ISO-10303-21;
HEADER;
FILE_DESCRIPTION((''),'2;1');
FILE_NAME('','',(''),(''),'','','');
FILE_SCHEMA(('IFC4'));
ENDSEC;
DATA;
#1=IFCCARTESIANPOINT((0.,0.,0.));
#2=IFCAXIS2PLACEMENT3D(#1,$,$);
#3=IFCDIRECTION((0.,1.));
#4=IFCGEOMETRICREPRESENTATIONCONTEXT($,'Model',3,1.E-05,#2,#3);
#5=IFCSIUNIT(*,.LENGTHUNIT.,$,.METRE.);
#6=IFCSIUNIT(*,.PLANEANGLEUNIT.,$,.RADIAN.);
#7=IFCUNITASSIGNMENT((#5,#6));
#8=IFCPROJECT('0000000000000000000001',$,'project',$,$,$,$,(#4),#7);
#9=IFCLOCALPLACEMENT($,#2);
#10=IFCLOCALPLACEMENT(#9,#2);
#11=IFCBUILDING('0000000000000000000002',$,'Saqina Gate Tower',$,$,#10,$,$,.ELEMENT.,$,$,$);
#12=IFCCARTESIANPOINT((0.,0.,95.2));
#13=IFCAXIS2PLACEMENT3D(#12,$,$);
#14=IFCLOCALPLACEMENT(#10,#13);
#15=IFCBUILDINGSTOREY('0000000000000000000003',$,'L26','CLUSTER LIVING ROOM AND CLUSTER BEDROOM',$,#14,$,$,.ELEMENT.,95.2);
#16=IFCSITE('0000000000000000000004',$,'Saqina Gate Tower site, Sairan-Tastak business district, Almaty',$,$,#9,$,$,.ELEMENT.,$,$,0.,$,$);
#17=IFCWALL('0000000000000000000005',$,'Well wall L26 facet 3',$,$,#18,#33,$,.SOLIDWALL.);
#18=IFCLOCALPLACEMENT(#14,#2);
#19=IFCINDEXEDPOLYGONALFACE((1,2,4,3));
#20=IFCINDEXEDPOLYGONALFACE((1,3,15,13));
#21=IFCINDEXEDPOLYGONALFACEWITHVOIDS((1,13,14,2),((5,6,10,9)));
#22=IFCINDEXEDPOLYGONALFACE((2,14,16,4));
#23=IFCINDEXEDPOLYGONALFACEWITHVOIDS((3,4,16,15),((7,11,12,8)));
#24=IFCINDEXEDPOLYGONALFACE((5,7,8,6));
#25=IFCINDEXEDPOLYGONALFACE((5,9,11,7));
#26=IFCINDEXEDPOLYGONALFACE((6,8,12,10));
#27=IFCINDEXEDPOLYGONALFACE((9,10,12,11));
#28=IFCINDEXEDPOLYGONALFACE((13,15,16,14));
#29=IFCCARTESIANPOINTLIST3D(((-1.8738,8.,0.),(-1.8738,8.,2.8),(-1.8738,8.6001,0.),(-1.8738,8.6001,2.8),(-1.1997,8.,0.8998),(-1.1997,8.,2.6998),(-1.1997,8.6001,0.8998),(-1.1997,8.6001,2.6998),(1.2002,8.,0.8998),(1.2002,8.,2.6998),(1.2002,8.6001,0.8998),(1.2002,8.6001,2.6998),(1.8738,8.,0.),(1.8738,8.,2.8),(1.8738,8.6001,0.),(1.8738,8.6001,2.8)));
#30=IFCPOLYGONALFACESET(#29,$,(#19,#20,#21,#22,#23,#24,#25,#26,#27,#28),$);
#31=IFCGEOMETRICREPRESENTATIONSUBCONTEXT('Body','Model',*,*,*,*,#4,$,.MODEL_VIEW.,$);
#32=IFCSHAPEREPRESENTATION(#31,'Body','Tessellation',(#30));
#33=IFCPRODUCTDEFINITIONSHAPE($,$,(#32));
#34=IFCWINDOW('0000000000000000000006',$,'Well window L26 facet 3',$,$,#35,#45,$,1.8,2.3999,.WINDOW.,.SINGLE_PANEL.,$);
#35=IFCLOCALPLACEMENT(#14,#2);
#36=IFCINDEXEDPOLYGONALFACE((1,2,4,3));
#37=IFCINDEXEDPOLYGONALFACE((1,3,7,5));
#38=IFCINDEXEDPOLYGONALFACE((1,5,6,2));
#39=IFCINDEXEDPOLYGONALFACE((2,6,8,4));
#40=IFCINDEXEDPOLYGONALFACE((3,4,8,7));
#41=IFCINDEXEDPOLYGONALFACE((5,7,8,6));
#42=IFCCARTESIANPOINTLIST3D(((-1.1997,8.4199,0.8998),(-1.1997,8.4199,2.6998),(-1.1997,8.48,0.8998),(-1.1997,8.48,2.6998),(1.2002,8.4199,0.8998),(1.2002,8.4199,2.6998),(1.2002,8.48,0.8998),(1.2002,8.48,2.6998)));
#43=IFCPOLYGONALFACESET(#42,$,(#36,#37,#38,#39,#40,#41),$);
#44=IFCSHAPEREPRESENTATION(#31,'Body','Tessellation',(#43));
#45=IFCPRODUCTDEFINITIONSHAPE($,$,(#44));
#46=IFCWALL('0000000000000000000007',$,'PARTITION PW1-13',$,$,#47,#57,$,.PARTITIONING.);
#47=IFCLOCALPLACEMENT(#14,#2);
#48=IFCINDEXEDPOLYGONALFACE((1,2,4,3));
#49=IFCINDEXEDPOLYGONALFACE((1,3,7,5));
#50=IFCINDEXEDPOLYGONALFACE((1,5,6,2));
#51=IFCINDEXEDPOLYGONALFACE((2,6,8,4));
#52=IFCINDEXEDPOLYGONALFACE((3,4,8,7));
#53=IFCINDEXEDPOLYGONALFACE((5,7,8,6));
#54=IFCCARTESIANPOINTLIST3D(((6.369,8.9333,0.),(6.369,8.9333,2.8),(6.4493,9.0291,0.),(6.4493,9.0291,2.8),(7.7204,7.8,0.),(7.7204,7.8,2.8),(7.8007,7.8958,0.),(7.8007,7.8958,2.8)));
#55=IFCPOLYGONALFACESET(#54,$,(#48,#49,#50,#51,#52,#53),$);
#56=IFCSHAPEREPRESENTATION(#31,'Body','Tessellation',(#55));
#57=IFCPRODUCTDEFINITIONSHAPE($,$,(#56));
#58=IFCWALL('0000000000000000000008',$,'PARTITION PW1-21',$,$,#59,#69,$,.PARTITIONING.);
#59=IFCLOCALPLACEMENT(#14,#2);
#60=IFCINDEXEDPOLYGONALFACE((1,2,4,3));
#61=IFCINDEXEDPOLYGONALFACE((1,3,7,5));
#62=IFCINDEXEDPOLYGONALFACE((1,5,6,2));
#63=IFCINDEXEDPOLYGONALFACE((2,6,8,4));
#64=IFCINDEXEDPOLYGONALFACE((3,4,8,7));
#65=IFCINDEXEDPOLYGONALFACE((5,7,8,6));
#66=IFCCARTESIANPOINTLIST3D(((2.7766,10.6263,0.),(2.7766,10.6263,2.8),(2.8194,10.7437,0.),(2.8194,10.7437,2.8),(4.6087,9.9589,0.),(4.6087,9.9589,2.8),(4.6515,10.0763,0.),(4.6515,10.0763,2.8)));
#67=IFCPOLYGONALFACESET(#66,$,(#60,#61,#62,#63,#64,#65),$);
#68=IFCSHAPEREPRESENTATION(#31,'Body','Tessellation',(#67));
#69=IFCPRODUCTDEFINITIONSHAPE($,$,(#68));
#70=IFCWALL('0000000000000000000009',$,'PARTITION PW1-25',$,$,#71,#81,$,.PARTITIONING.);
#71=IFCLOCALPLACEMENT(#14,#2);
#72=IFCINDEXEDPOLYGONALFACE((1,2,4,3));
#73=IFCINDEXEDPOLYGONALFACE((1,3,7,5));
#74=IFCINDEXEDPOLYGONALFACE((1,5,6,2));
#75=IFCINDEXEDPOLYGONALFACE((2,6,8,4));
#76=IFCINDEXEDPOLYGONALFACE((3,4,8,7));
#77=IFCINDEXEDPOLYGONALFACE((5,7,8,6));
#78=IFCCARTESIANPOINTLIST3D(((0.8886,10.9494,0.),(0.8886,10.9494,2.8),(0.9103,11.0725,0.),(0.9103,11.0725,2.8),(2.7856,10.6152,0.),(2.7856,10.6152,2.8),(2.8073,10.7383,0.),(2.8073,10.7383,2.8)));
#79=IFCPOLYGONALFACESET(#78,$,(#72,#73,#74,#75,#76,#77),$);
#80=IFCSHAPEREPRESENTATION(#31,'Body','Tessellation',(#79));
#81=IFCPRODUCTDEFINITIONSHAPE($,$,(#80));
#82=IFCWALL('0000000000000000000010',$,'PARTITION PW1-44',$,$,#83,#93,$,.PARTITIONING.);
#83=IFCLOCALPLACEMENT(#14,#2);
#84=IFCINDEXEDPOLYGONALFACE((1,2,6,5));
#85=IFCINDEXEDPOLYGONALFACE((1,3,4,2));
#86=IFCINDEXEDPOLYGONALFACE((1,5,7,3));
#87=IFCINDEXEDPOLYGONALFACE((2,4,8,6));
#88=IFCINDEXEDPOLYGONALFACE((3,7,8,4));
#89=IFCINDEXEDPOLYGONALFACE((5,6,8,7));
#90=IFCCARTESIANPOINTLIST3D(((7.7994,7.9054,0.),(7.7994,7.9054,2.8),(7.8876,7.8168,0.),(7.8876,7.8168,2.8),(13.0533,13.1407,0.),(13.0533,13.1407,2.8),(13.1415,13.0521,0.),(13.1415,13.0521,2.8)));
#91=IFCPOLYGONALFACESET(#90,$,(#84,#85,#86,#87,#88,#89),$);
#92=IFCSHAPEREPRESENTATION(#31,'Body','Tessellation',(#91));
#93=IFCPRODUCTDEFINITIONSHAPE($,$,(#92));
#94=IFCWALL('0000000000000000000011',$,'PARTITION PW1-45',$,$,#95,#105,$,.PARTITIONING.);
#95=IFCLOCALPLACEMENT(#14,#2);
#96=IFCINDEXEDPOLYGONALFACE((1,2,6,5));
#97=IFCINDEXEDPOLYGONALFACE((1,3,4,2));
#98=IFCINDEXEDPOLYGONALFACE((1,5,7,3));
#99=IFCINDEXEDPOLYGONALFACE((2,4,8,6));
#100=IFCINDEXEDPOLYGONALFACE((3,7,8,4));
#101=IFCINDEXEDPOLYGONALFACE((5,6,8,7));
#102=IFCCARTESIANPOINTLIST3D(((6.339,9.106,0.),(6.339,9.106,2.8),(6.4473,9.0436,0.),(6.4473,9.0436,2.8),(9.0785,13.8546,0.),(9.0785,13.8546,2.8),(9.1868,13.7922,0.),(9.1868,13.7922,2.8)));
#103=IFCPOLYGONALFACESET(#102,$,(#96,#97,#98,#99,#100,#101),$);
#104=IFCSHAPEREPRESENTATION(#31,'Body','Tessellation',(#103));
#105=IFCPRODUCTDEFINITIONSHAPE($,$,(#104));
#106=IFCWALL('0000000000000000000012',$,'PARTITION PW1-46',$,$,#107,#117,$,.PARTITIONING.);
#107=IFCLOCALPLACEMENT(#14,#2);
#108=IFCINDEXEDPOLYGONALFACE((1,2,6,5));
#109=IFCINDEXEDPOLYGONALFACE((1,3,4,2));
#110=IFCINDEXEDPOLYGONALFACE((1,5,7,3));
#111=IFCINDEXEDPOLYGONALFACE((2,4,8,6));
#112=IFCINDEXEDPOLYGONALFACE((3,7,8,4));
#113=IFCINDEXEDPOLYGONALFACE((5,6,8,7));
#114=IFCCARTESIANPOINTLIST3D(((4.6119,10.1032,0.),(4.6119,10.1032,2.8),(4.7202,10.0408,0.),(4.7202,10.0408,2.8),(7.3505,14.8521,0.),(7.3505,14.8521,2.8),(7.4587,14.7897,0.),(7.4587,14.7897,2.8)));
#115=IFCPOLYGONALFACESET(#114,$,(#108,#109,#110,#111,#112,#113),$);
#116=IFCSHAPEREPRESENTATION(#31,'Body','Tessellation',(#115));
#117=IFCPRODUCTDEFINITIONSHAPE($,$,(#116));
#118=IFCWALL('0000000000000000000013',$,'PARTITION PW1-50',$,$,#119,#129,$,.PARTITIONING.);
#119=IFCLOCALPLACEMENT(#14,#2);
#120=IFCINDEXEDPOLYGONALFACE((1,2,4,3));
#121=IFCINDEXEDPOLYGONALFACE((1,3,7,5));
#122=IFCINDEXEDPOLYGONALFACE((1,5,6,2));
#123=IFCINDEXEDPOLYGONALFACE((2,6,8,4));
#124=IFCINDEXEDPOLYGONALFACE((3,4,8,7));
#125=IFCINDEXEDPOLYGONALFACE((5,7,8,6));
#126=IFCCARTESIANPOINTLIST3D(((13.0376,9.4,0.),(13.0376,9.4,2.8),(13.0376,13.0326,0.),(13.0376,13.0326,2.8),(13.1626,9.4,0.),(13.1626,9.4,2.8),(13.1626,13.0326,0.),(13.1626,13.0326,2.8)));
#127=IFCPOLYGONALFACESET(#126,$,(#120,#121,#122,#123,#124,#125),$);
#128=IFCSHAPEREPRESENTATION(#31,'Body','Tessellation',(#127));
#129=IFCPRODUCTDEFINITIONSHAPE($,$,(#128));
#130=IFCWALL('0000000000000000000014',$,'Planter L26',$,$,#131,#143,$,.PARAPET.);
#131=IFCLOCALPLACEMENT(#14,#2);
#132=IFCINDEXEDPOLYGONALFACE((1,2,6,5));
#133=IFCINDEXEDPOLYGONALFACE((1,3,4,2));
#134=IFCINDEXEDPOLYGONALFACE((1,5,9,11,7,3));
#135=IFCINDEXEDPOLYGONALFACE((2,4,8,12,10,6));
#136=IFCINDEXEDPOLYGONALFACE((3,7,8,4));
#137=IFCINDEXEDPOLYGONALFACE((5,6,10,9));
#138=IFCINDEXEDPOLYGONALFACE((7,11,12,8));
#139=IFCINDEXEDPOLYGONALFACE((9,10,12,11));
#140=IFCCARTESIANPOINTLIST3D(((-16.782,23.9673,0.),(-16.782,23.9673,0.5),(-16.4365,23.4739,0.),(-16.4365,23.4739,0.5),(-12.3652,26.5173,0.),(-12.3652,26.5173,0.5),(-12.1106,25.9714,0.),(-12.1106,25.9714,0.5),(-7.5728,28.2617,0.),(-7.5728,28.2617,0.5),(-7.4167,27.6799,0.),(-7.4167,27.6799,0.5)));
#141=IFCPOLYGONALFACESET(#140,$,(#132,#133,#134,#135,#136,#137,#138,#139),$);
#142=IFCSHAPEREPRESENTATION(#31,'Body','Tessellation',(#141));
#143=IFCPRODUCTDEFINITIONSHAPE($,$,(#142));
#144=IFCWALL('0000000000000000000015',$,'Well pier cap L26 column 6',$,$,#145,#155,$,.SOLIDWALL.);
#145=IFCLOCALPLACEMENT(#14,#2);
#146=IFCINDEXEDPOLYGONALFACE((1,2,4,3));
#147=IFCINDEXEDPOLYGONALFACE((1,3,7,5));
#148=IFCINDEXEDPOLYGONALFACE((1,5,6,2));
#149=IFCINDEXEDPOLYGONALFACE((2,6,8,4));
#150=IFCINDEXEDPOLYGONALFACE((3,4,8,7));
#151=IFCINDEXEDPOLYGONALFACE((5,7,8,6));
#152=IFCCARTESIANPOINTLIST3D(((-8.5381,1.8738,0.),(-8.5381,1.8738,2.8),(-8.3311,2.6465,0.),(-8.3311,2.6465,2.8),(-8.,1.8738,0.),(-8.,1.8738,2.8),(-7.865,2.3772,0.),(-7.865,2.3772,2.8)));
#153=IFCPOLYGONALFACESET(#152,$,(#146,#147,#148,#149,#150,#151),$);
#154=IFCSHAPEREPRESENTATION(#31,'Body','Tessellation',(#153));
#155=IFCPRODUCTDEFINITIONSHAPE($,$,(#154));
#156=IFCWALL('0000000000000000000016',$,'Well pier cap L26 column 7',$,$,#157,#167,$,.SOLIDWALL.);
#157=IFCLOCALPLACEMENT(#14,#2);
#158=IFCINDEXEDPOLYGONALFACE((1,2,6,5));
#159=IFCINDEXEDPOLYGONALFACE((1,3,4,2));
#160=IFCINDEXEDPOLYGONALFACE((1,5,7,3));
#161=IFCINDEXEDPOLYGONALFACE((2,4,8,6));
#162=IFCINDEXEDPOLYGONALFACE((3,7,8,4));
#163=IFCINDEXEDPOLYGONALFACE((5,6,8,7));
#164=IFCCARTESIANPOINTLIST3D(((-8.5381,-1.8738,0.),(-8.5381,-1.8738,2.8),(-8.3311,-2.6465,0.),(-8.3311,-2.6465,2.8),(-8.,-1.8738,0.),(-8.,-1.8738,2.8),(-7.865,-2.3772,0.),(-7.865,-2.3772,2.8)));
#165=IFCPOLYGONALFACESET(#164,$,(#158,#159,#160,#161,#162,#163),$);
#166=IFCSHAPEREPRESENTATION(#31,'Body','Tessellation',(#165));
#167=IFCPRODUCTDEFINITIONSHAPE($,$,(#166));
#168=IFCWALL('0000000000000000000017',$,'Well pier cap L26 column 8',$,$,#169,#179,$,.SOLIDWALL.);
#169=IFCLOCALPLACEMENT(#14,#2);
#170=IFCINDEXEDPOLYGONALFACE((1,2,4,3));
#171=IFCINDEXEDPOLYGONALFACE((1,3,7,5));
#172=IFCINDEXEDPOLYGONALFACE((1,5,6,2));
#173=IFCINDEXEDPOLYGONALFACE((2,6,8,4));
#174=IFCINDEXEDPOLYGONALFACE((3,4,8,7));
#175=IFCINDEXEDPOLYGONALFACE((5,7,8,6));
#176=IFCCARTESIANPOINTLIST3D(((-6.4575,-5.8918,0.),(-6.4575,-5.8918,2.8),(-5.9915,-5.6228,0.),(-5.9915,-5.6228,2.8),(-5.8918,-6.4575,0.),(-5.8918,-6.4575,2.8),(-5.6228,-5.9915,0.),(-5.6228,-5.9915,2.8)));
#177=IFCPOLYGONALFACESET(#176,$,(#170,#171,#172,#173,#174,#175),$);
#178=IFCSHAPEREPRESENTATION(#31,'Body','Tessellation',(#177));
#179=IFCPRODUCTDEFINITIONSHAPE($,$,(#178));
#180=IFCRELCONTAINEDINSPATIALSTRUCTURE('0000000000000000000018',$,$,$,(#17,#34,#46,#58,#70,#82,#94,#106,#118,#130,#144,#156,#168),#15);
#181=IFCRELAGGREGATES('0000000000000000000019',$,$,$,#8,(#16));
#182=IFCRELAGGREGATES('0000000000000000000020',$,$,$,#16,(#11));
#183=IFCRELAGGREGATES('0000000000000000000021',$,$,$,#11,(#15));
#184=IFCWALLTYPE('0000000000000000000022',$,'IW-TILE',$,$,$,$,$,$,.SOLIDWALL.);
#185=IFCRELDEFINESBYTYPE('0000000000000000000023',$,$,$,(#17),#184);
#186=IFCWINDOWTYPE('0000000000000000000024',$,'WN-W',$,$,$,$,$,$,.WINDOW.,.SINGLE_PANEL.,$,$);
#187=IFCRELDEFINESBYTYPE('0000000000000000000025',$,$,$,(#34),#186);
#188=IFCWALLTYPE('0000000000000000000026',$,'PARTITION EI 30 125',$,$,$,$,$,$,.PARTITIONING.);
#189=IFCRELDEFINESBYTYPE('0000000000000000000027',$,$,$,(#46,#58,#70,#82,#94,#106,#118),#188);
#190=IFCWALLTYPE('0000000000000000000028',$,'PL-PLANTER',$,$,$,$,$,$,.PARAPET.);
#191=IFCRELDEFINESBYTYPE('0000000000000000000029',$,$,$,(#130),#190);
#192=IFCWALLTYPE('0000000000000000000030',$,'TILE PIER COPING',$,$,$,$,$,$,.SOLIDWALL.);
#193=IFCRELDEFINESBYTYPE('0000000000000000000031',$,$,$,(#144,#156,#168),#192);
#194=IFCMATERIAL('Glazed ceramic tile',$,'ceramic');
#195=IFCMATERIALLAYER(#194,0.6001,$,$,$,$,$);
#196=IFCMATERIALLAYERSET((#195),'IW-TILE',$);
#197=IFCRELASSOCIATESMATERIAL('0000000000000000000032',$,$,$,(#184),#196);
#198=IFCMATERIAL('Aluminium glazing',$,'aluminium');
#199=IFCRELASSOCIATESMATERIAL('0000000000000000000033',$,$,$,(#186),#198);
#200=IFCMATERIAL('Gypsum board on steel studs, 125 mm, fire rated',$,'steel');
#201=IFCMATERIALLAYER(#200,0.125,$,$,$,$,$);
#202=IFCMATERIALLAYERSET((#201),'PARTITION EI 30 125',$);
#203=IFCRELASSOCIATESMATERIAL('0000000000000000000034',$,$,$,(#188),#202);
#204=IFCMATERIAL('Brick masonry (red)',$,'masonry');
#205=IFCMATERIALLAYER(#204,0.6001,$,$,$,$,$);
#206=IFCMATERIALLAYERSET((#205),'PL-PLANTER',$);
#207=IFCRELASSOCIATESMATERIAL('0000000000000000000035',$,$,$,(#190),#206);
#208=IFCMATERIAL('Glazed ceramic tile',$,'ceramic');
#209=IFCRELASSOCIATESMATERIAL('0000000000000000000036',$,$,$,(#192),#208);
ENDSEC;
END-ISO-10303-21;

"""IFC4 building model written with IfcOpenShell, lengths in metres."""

from ifc_helpers import new_model, si_unit, direction, frame, frame_2d, origin, place, context, subcontext, project, spatial, polyline, rectangle, outline, extrude, material, layer, layer_set, type_object, element, fill, save


model = new_model("IFC4")

# Units and contexts
model_context = context("Model", 3, precision=1e-05, world=origin(), true_north=direction((0.0, 1.0)))
body_context = subcontext(model_context, "Body", "Model", "MODEL_VIEW")
ifc_project = project(units=[si_unit("LENGTHUNIT", "METRE"), si_unit("PLANEANGLEUNIT", "RADIAN")], contexts=[model_context])

# Site, building, storey
site_placement = place(None, origin())
site = spatial("IfcSite", under=ifc_project, at=site_placement, Name="Saqina Gate Tower site, Sairan-Tastak business district, Almaty", CompositionType="ELEMENT", RefElevation=0.0)
building_placement = place(site_placement, origin())
building = spatial("IfcBuilding", under=site, at=building_placement, Name="Saqina Gate Tower", CompositionType="ELEMENT")
storey_placement = place(building_placement, frame((0.0, 0.0, 95.2)))
storey = spatial("IfcBuildingStorey", under=building, at=storey_placement, Name="L26", Description="CLUSTER LIVING ROOM AND CLUSTER BEDROOM", CompositionType="ELEMENT", Elevation=95.2)

# Wall, opening, window
ifc_material_1 = material(Name="Glazed ceramic tile", Category="ceramic")
ifc_layer_1 = layer(ifc_material_1, 0.6001)
ifc_layer_set_1 = layer_set([ifc_layer_1], Name="IW-TILE")
wall_type_1 = type_object("IfcWallType", Name="IW-TILE", PredefinedType="SOLIDWALL", material=ifc_layer_set_1)
ifc_material_2 = material(Name="Aluminium glazing", Category="aluminium")
window_type = type_object("IfcWindowType", Name="WN-W", PartitioningType="SINGLE_PANEL", PredefinedType="WINDOW", material=ifc_material_2)
wall_1_placement = place(storey_placement, frame((1.8738, 8.3, 0.0), z_axis=(0.0, 0.0, 1.0), x_axis=(-1.0, 0.0, 0.0)))
wall_1 = element("IfcWall", 1, at=wall_1_placement, inside=storey, type_object=wall_type_1, Name="Well wall L26 facet 3", PredefinedType="SOLIDWALL", context=body_context, shape_type="SweptSolid", body=[
    extrude(rectangle(XDim=3.7476, YDim=0.6001, at=frame_2d((1.8738, 0.0))), origin(), (0.0, 0.0, 1.0), 2.8),
])
opening_1_placement = place(wall_1_placement, frame((0.6736, 0.0, 0.8999)))
opening_1 = element("IfcOpeningElement", 2, at=opening_1_placement, cuts=wall_1, PredefinedType="OPENING", context=body_context, shape_type="SweptSolid", body=[
    extrude(rectangle(XDim=2.3999, YDim=1.8, at=frame_2d((1.2, 0.8999))), frame((0.0, 0.312, 0.0), z_axis=(0.0, -1.0, 0.0), x_axis=(1.0, 0.0, 0.0)), (0.0, 0.0, 1.0), 0.624),
])
window_1_placement = place(opening_1_placement, origin())
window_1 = element("IfcWindow", 3, at=window_1_placement, inside=storey, type_object=window_type, Name="Well window L26 facet 3", OverallHeight=1.8, OverallWidth=2.3999, PartitioningType="SINGLE_PANEL", PredefinedType="WINDOW", context=body_context, shape_type="SweptSolid", body=[
    extrude(rectangle(XDim=2.3999, YDim=1.8, at=frame_2d((1.2, 0.8999))), frame((0.0, -0.1199, 0.0), z_axis=(0.0, -1.0, 0.0), x_axis=(1.0, 0.0, 0.0)), (0.0, 0.0, 1.0), 0.0601),
])
fill(opening_1, window_1)

# Walls
ifc_material_3 = material(Name="Gypsum board on steel studs, 125 mm, fire rated", Category="steel")
ifc_layer_2 = layer(ifc_material_3, 0.125)
ifc_layer_set_2 = layer_set([ifc_layer_2], Name="PARTITION EI 30 125")
wall_type_2 = type_object("IfcWallType", Name="PARTITION EI 30 125", PredefinedType="PARTITIONING", material=ifc_layer_set_2)
wall_2_placement = place(storey_placement, frame((6.4092, 8.9812, 0.0), z_axis=(0.0, 0.0, 1.0), x_axis=(0.766209, -0.642591, 0.0)))
element("IfcWall", 4, at=wall_2_placement, inside=storey, type_object=wall_type_2, Name="PARTITION PW1-13", PredefinedType="PARTITIONING", context=body_context, shape_type="SweptSolid", body=[
    extrude(rectangle(XDim=1.7637, YDim=0.125, at=frame_2d((0.8818, 0.0))), origin(), (0.0, 0.0, 1.0), 2.8),
])
wall_3_placement = place(storey_placement, frame((2.7979, 10.6851, 0.0), z_axis=(0.0, 0.0, 1.0), x_axis=(0.939596, -0.342286, 0.0)))
element("IfcWall", 5, at=wall_3_placement, inside=storey, type_object=wall_type_2, Name="PARTITION PW1-21", PredefinedType="PARTITIONING", context=body_context, shape_type="SweptSolid", body=[
    extrude(rectangle(XDim=1.95, YDim=0.125, at=frame_2d((0.9751, 0.0))), origin(), (0.0, 0.0, 1.0), 2.8),
])
wall_4_placement = place(storey_placement, frame((0.8994, 11.011, 0.0), z_axis=(0.0, 0.0, 1.0), x_axis=(0.984831, -0.173518, 0.0)))
element("IfcWall", 6, at=wall_4_placement, inside=storey, type_object=wall_type_2, Name="PARTITION PW1-25", PredefinedType="PARTITIONING", context=body_context, shape_type="SweptSolid", body=[
    extrude(rectangle(XDim=1.9263, YDim=0.125, at=frame_2d((0.9631, 0.0))), origin(), (0.0, 0.0, 1.0), 2.8),
])
wall_5_placement = place(storey_placement, frame((7.8435, 7.8611, 0.0), z_axis=(0.0, 0.0, 1.0), x_axis=(0.708356, 0.705855, 0.0)))
element("IfcWall", 7, at=wall_5_placement, inside=storey, type_object=wall_type_2, Name="PARTITION PW1-44", PredefinedType="PARTITIONING", context=body_context, shape_type="SweptSolid", body=[
    extrude(rectangle(XDim=7.417, YDim=0.125, at=frame_2d((3.7085, 0.0))), origin(), (0.0, 0.0, 1.0), 2.8),
])
wall_6_placement = place(storey_placement, frame((6.3931, 9.0747, 0.0), z_axis=(0.0, 0.0, 1.0), x_axis=(0.499717, 0.866189, 0.0)))
element("IfcWall", 8, at=wall_6_placement, inside=storey, type_object=wall_type_2, Name="PARTITION PW1-45", PredefinedType="PARTITIONING", context=body_context, shape_type="SweptSolid", body=[
    extrude(rectangle(XDim=5.4822, YDim=0.125, at=frame_2d((2.7412, 0.0))), origin(), (0.0, 0.0, 1.0), 2.8),
])
wall_7_placement = place(storey_placement, frame((4.666, 10.072, 0.0), z_axis=(0.0, 0.0, 1.0), x_axis=(0.499564, 0.866277, 0.0)))
element("IfcWall", 9, at=wall_7_placement, inside=storey, type_object=wall_type_2, Name="PARTITION PW1-46", PredefinedType="PARTITIONING", context=body_context, shape_type="SweptSolid", body=[
    extrude(rectangle(XDim=5.4819, YDim=0.125, at=frame_2d((2.741, 0.0))), origin(), (0.0, 0.0, 1.0), 2.8),
])
wall_8_placement = place(storey_placement, frame((13.1001, 9.3999, 0.0), z_axis=(0.0, 0.0, 1.0), x_axis=(0.0, 1.0, 0.0)))
element("IfcWall", 10, at=wall_8_placement, inside=storey, type_object=wall_type_2, Name="PARTITION PW1-50", PredefinedType="PARTITIONING", context=body_context, shape_type="SweptSolid", body=[
    extrude(rectangle(XDim=3.6326, YDim=0.125, at=frame_2d((1.8164, 0.0))), origin(), (0.0, 0.0, 1.0), 2.8),
])
ifc_material_4 = material(Name="Brick masonry (red)", Category="masonry")
ifc_layer_3 = layer(ifc_material_4, 0.6001)
ifc_layer_set_3 = layer_set([ifc_layer_3], Name="PL-PLANTER")
wall_type_3 = type_object("IfcWallType", Name="PL-PLANTER", PredefinedType="PARAPET", material=ifc_layer_set_3)
wall_9_placement = place(storey_placement, origin())
element("IfcWall", 11, at=wall_9_placement, inside=storey, type_object=wall_type_3, Name="Planter L26", PredefinedType="PARAPET", context=body_context, shape_type="SweptSolid", body=[
    extrude(outline(polyline([(-7.5728, 28.2617), (-12.3652, 26.5173), (-16.782, 23.9673), (-16.4365, 23.4739), (-12.1106, 25.9714), (-7.4167, 27.6799), (-7.5728, 28.2617)])), origin(), (0.0, 0.0, 1.0), 0.5),
])
ifc_material_5 = material(Name="Glazed ceramic tile", Category="ceramic")
wall_type_4 = type_object("IfcWallType", Name="TILE PIER COPING", PredefinedType="SOLIDWALL", material=ifc_material_5)
wall_10_placement = place(storey_placement, origin())
element("IfcWall", 12, at=wall_10_placement, inside=storey, type_object=wall_type_4, Name="Well pier cap L26 column 6", PredefinedType="SOLIDWALL", context=body_context, shape_type="SweptSolid", body=[
    extrude(outline(polyline([(-8.5381, 1.8738), (-8.0, 1.8738), (-7.865, 2.3772), (-8.3311, 2.6465), (-8.5381, 1.8738)])), origin(), (0.0, 0.0, 1.0), 2.8),
])
wall_11_placement = place(storey_placement, origin())
element("IfcWall", 13, at=wall_11_placement, inside=storey, type_object=wall_type_4, Name="Well pier cap L26 column 7", PredefinedType="SOLIDWALL", context=body_context, shape_type="SweptSolid", body=[
    extrude(outline(polyline([(-8.3311, -2.6465), (-7.865, -2.3772), (-8.0, -1.8738), (-8.5381, -1.8738), (-8.3311, -2.6465)])), origin(), (0.0, 0.0, 1.0), 2.8),
])
wall_12_placement = place(storey_placement, origin())
element("IfcWall", 14, at=wall_12_placement, inside=storey, type_object=wall_type_4, Name="Well pier cap L26 column 8", PredefinedType="SOLIDWALL", context=body_context, shape_type="SweptSolid", body=[
    extrude(outline(polyline([(-6.4575, -5.8918), (-5.8918, -6.4575), (-5.6228, -5.9915), (-5.9915, -5.6228), (-6.4575, -5.8918)])), origin(), (0.0, 0.0, 1.0), 2.8),
])

save(model, "model.ifc")
